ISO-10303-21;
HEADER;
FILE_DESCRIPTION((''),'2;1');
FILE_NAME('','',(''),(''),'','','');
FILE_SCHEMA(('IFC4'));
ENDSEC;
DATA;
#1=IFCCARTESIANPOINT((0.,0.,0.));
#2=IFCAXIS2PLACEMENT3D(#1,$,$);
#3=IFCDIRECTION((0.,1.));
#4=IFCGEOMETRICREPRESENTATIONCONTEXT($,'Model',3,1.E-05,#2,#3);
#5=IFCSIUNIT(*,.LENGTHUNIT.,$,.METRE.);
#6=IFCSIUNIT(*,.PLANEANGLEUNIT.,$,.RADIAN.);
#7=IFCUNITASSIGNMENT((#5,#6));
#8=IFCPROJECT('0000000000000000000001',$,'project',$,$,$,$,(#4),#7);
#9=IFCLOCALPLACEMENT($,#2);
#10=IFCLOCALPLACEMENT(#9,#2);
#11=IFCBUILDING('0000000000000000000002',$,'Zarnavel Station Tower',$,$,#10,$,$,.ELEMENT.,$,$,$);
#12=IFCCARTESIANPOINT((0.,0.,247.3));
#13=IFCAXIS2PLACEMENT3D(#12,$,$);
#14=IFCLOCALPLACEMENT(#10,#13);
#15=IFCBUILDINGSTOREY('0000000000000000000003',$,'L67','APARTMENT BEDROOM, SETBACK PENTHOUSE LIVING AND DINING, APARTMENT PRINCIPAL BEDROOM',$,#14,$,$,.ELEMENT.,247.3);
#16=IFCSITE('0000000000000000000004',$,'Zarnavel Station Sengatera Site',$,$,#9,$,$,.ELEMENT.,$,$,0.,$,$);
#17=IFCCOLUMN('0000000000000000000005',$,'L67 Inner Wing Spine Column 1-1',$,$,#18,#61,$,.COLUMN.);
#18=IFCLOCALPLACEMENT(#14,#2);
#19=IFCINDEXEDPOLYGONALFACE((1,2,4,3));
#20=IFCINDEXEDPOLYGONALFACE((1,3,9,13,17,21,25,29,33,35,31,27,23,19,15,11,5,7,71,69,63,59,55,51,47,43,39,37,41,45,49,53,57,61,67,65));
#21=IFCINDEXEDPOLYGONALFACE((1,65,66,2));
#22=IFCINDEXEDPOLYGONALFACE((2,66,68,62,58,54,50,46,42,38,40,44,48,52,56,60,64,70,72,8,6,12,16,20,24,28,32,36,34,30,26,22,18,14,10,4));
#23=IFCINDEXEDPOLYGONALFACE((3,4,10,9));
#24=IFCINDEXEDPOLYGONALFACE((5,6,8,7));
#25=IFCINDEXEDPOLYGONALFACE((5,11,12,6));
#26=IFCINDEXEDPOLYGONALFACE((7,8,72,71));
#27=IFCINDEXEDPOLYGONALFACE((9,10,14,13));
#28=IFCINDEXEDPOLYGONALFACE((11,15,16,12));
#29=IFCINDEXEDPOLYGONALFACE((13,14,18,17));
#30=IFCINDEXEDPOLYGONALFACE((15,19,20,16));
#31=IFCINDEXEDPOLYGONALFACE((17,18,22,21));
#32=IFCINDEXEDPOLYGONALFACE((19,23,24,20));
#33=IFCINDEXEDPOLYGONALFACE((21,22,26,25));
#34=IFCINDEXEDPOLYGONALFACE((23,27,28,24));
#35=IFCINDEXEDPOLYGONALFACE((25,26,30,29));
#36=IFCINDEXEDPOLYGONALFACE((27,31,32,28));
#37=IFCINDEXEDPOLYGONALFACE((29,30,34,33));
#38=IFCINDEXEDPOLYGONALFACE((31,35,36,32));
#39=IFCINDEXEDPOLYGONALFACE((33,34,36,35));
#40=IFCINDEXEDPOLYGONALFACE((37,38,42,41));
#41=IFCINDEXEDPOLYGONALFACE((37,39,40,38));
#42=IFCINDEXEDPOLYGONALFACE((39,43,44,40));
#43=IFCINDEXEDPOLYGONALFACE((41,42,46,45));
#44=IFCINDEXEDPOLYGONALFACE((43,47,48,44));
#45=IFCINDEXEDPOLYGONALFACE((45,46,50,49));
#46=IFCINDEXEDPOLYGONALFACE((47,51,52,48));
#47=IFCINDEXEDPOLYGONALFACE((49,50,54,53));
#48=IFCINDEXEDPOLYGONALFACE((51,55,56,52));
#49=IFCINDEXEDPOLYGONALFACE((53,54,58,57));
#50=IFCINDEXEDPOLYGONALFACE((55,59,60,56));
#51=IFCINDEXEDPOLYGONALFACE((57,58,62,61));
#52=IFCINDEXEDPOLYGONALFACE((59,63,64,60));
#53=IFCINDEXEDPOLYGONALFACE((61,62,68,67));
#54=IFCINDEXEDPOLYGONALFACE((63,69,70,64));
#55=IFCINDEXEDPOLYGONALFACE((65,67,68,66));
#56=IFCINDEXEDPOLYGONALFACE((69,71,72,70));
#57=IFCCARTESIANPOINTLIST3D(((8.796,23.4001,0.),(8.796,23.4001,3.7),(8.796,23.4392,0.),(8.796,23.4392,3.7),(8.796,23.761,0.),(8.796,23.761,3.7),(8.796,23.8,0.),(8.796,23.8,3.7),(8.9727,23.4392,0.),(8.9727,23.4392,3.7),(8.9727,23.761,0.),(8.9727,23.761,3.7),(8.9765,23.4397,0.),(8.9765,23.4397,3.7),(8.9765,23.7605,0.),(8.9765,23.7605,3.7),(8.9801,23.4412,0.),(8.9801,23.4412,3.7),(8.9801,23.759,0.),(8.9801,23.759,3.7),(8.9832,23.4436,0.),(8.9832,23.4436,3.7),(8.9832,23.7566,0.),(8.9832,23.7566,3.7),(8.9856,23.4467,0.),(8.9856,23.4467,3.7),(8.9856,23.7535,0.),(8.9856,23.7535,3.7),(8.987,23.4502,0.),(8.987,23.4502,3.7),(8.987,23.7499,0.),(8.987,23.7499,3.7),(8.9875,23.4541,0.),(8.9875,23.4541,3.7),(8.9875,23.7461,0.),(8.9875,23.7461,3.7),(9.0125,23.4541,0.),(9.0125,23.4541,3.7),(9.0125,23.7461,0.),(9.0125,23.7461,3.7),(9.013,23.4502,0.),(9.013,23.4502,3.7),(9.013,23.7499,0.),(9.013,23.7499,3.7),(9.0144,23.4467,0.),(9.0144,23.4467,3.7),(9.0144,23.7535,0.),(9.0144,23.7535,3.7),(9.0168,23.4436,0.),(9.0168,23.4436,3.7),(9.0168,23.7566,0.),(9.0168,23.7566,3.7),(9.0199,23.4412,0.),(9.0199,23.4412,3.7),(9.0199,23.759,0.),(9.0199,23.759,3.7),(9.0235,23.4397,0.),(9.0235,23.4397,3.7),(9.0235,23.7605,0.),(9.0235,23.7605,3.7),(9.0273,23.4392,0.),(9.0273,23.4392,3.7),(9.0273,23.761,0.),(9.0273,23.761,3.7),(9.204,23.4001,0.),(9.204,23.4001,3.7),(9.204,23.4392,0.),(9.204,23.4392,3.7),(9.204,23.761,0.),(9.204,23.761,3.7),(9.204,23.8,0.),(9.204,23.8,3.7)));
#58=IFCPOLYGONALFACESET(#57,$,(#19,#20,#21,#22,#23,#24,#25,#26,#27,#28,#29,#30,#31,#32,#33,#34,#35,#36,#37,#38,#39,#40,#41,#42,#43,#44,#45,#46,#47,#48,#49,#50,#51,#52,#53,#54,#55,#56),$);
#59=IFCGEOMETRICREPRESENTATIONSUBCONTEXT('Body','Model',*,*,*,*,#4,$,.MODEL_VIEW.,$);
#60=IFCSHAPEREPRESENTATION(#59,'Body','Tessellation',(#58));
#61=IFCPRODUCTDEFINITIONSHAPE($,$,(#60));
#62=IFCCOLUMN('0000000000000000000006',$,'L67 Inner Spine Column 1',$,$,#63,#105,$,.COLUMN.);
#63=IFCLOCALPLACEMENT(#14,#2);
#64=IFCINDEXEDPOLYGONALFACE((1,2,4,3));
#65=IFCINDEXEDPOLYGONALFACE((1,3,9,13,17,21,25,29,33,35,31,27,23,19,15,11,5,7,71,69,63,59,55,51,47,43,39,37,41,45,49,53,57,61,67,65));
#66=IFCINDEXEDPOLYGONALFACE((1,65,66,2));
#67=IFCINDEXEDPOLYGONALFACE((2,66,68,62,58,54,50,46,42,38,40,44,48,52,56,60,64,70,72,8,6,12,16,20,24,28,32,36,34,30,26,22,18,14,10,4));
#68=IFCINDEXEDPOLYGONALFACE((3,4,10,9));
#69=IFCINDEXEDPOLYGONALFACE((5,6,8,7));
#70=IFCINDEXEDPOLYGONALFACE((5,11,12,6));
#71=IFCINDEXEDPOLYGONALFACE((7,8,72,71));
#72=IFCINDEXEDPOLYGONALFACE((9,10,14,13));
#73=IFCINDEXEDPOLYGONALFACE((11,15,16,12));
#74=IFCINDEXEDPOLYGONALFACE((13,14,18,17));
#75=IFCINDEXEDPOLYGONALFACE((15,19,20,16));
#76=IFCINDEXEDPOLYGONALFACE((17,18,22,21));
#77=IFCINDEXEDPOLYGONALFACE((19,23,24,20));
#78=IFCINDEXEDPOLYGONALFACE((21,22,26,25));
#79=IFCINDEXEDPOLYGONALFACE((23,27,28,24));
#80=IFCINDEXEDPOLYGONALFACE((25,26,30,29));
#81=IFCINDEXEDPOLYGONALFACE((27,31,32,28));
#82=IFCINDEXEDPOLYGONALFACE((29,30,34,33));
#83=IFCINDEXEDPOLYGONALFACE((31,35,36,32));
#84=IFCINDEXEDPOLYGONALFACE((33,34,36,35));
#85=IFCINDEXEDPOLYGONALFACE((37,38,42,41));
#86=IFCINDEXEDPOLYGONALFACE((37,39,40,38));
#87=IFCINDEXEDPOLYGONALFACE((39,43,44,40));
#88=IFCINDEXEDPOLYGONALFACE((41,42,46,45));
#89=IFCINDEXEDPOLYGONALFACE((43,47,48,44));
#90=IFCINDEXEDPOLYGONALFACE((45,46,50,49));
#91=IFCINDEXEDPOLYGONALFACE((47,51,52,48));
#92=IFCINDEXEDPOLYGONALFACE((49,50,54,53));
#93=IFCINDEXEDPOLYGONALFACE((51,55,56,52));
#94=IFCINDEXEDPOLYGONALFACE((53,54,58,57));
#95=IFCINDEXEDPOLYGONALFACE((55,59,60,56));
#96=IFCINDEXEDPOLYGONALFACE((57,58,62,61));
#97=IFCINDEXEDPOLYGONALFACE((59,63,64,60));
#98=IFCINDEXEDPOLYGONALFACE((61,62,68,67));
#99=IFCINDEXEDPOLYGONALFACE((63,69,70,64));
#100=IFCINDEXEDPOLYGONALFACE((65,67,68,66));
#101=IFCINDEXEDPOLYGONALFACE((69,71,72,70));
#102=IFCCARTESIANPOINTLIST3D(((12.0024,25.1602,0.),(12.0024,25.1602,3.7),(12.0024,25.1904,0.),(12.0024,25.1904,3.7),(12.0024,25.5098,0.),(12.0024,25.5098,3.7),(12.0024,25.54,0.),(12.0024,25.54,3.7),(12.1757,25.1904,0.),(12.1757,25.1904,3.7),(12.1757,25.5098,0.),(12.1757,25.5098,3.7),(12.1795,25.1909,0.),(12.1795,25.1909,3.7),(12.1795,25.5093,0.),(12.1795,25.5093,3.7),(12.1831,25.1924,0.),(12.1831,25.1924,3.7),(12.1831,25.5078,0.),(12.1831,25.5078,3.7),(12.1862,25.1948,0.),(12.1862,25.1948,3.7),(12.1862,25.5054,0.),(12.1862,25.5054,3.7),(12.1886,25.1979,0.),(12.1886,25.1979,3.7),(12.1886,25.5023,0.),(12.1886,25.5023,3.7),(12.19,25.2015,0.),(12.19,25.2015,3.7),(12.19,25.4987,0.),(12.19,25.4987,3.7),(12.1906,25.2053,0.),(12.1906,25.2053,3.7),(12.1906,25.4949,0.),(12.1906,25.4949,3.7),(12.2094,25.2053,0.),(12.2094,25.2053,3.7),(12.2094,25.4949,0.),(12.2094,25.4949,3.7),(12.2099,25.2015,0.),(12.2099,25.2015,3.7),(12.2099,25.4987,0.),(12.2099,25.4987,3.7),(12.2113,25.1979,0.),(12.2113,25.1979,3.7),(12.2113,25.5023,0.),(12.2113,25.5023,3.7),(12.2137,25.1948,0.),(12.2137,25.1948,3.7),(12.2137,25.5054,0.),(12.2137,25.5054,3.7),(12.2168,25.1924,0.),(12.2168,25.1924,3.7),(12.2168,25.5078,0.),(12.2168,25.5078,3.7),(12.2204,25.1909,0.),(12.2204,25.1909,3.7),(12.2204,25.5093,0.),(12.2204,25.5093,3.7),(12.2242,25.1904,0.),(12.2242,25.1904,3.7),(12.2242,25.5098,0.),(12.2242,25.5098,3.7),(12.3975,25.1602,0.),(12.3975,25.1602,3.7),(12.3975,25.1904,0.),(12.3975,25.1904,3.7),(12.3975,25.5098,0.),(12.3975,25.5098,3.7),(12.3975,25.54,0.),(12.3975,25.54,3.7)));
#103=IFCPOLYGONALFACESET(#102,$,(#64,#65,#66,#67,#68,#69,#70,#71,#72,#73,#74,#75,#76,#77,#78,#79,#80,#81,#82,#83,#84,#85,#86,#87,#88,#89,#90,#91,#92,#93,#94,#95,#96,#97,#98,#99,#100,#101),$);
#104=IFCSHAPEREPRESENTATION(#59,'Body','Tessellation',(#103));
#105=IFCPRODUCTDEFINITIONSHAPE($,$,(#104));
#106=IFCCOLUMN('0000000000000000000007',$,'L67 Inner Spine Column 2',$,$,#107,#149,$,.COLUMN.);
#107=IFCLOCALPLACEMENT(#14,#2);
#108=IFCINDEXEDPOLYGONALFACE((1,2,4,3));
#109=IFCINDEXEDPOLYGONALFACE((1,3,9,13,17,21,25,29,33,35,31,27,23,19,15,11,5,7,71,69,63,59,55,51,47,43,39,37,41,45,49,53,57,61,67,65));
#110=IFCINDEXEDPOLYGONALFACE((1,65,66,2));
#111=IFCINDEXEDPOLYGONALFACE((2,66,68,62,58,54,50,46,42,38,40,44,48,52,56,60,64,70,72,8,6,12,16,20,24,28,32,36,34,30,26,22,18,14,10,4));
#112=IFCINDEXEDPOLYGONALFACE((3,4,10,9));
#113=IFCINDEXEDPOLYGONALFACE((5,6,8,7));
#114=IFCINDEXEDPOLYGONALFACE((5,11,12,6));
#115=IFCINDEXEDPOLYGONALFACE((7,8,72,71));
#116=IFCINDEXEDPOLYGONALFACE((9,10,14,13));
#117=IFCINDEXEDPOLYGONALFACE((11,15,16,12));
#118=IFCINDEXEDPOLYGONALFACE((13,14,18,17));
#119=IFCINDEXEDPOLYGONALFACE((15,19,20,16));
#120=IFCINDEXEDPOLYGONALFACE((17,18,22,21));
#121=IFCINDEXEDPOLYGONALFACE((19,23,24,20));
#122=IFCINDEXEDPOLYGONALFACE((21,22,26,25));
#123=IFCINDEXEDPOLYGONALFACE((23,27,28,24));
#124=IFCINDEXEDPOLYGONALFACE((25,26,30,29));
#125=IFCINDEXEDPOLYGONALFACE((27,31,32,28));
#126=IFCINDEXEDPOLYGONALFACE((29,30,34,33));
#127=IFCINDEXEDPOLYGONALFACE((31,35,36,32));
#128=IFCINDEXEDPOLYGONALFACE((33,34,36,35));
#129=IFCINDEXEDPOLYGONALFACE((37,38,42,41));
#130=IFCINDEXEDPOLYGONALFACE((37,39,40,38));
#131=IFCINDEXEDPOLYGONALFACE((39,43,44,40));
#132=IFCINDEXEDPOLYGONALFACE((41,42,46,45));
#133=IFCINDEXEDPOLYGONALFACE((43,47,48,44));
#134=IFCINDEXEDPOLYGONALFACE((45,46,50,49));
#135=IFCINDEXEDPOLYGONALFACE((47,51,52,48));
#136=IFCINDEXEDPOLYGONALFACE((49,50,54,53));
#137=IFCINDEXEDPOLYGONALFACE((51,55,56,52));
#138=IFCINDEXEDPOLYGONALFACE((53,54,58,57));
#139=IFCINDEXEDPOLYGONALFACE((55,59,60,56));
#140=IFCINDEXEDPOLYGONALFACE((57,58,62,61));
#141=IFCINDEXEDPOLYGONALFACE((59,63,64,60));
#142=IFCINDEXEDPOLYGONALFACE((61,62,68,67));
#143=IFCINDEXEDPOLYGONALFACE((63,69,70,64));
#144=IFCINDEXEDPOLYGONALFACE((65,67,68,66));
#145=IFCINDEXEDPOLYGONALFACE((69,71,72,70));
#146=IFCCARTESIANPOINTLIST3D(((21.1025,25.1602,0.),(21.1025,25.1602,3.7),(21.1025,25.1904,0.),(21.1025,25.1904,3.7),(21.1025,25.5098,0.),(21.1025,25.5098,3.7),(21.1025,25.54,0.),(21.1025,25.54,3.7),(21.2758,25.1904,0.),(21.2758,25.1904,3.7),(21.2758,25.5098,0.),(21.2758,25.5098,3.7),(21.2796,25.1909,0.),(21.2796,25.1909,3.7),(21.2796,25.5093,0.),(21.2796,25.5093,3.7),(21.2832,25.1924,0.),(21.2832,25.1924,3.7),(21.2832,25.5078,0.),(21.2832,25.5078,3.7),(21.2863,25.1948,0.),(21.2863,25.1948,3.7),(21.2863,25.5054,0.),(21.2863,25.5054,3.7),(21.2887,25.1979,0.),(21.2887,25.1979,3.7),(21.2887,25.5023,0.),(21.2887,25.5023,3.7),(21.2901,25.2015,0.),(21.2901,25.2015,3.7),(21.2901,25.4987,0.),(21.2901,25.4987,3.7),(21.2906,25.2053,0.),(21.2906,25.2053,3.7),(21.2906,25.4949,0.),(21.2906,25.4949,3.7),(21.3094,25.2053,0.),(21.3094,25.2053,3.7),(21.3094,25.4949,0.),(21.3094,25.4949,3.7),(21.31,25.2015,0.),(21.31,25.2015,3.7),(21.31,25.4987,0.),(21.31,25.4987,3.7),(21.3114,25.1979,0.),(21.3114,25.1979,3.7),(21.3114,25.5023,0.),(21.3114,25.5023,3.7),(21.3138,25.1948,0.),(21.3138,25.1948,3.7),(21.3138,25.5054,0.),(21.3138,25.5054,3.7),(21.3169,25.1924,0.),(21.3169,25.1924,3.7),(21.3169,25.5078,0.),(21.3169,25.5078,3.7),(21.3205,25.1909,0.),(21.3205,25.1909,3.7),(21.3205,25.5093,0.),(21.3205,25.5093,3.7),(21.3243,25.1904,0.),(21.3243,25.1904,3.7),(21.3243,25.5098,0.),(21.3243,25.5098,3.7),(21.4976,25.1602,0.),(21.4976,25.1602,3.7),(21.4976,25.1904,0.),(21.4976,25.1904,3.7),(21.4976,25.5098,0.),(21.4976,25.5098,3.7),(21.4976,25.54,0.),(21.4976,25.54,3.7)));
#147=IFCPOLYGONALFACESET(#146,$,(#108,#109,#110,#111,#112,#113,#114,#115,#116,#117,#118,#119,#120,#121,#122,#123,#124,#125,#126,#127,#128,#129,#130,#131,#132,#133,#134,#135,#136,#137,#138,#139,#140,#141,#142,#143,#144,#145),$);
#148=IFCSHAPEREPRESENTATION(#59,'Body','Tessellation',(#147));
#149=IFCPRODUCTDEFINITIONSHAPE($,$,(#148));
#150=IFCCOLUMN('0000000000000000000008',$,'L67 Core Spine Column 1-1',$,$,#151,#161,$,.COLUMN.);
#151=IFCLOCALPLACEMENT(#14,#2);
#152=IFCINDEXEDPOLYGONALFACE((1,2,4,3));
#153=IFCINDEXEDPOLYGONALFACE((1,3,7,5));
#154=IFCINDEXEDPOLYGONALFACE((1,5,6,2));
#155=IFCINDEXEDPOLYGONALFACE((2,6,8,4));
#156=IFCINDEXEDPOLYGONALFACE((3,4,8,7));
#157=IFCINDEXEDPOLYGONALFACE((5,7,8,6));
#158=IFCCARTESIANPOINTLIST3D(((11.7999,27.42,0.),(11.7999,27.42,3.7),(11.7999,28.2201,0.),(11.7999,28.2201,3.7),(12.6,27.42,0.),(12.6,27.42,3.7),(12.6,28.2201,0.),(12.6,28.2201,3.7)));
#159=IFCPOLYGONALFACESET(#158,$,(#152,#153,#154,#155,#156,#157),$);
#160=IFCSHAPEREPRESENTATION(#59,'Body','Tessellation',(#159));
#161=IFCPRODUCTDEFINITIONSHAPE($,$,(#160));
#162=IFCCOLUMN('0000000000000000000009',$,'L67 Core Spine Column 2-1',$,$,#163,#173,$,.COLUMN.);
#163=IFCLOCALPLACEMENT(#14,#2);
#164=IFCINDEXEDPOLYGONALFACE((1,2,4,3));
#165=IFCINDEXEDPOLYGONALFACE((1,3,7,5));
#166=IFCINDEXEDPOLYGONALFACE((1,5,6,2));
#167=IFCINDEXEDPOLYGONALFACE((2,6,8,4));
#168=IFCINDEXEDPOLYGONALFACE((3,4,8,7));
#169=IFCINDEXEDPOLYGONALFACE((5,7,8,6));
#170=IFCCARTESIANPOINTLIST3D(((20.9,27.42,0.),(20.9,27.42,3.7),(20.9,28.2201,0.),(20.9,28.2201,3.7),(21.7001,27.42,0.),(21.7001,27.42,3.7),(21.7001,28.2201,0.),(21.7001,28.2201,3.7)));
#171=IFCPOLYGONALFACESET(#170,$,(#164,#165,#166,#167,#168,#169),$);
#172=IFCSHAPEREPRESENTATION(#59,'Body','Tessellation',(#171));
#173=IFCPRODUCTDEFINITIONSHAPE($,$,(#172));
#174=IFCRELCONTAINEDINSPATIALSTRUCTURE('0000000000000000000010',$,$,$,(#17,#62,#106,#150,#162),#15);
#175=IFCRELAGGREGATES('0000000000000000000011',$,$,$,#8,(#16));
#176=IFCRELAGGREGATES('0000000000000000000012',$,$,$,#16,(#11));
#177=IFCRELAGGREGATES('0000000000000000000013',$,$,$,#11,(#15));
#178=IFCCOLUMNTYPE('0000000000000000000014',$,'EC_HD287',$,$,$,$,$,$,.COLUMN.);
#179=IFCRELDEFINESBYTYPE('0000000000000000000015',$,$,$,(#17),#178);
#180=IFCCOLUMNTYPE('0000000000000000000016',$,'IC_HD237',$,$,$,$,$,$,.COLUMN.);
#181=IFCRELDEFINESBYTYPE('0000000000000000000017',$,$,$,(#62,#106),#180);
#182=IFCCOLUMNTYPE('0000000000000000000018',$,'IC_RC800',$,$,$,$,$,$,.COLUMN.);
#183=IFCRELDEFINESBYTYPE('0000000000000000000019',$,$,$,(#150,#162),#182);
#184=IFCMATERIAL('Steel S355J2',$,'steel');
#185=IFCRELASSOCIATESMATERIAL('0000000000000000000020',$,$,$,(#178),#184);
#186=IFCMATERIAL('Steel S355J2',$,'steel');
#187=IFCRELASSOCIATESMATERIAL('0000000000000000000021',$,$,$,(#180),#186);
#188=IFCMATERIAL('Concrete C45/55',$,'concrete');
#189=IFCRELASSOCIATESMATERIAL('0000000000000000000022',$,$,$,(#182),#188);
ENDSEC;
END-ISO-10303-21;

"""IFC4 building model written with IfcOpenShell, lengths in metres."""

from ifc_helpers import new_model, si_unit, direction, frame, origin, origin_2d, place, context, subcontext, project, spatial, rectangle, i_section, extrude, material, material_profile, profile_set, type_object, element, save


model = new_model("IFC4")

# Units and contexts
model_context = context("Model", 3, precision=1e-05, world=origin(), true_north=direction((0.0, 1.0)))
body_context = subcontext(model_context, "Body", "Model", "MODEL_VIEW")
ifc_project = project(units=[si_unit("LENGTHUNIT", "METRE"), si_unit("PLANEANGLEUNIT", "RADIAN")], contexts=[model_context])

# Site, building, storey
site_placement = place(None, origin())
site = spatial("IfcSite", under=ifc_project, at=site_placement, Name="Zarnavel Station Sengatera Site", CompositionType="ELEMENT", RefElevation=0.0)
building_placement = place(site_placement, origin())
building = spatial("IfcBuilding", under=site, at=building_placement, Name="Zarnavel Station Tower", CompositionType="ELEMENT")
storey_placement = place(building_placement, frame((0.0, 0.0, 247.3)))
storey = spatial("IfcBuildingStorey", under=building, at=storey_placement, Name="L67", Description="APARTMENT BEDROOM, SETBACK PENTHOUSE LIVING AND DINING, APARTMENT PRINCIPAL BEDROOM", CompositionType="ELEMENT", Elevation=247.3)

# Columns
ifc_material_1 = material(Name="Steel S355J2", Category="steel")
ifc_material_profile_1 = material_profile(ifc_material_1, i_section(OverallWidth=0.408, OverallDepth=0.3999, WebThickness=0.0249, FlangeThickness=0.0391, FilletRadius=0.0149, at=origin_2d()), Name="HD400x287")
ifc_profile_set_1 = profile_set([ifc_material_profile_1], Name="Steel S355J2")
column_type_1 = type_object("IfcColumnType", Name="EC_HD287", PredefinedType="COLUMN", material=ifc_profile_set_1)
column_placement = place(storey_placement, frame((9.0, 23.6001, 0.0), z_axis=(0.0, 0.0, 1.0), x_axis=(1.0, 0.0, 0.0)))
element("IfcColumn", 1, at=column_placement, inside=storey, type_object=column_type_1, Name="L67 Inner Wing Spine Column 1-1", PredefinedType="COLUMN", context=body_context, shape_type="SweptSolid", body=[
    extrude(i_section(OverallWidth=0.408, OverallDepth=0.3999, WebThickness=0.0249, FlangeThickness=0.0391, FilletRadius=0.0149, at=origin_2d()), origin(), (0.0, 0.0, 1.0), 3.7),
])
ifc_material_2 = material(Name="Steel S355J2", Category="steel")
ifc_material_profile_2 = material_profile(ifc_material_2, i_section(OverallWidth=0.395, OverallDepth=0.3799, WebThickness=0.0188, FlangeThickness=0.0303, FilletRadius=0.0149, at=origin_2d()), Name="HD400x237")
ifc_profile_set_2 = profile_set([ifc_material_profile_2], Name="Steel S355J2")
column_type_2 = type_object("IfcColumnType", Name="IC_HD237", PredefinedType="COLUMN", material=ifc_profile_set_2)
for number, where, z_axis, x_axis, name in (
    (2, (12.2, 25.3501, 0.0), (0.0, 0.0, 1.0), (1.0, 0.0, 0.0), "L67 Inner Spine Column 1"),
    (3, (21.3, 25.3501, 0.0), (0.0, 0.0, 1.0), (1.0, 0.0, 0.0), "L67 Inner Spine Column 2"),
):
    element("IfcColumn", number, at=place(storey_placement, frame(where, z_axis=z_axis, x_axis=x_axis)), inside=storey, type_object=column_type_2, Name=name, PredefinedType="COLUMN", context=body_context, shape_type="SweptSolid", body=[
        extrude(i_section(OverallWidth=0.395, OverallDepth=0.3799, WebThickness=0.0188, FlangeThickness=0.0303, FilletRadius=0.0149, at=origin_2d()), origin(), (0.0, 0.0, 1.0), 3.7),
    ])
ifc_material_3 = material(Name="Concrete C45/55", Category="concrete")
ifc_material_profile_3 = material_profile(ifc_material_3, rectangle(XDim=0.8, YDim=0.8, at=origin_2d()), Name="RC800x800")
ifc_profile_set_3 = profile_set([ifc_material_profile_3], Name="Concrete C45/55")
column_type_3 = type_object("IfcColumnType", Name="IC_RC800", PredefinedType="COLUMN", material=ifc_profile_set_3)
for number, where, z_axis, x_axis, name in (
    (4, (12.2, 27.8201, 0.0), (0.0, 0.0, 1.0), (1.0, 0.0, 0.0), "L67 Core Spine Column 1-1"),
    (5, (21.3, 27.8201, 0.0), (0.0, 0.0, 1.0), (1.0, 0.0, 0.0), "L67 Core Spine Column 2-1"),
):
    element("IfcColumn", number, at=place(storey_placement, frame(where, z_axis=z_axis, x_axis=x_axis)), inside=storey, type_object=column_type_3, Name=name, PredefinedType="COLUMN", context=body_context, shape_type="SweptSolid", body=[
        extrude(rectangle(XDim=0.8, YDim=0.8, at=origin_2d()), origin(), (0.0, 0.0, 1.0), 3.7),
    ])

save(model, "model.ifc")
